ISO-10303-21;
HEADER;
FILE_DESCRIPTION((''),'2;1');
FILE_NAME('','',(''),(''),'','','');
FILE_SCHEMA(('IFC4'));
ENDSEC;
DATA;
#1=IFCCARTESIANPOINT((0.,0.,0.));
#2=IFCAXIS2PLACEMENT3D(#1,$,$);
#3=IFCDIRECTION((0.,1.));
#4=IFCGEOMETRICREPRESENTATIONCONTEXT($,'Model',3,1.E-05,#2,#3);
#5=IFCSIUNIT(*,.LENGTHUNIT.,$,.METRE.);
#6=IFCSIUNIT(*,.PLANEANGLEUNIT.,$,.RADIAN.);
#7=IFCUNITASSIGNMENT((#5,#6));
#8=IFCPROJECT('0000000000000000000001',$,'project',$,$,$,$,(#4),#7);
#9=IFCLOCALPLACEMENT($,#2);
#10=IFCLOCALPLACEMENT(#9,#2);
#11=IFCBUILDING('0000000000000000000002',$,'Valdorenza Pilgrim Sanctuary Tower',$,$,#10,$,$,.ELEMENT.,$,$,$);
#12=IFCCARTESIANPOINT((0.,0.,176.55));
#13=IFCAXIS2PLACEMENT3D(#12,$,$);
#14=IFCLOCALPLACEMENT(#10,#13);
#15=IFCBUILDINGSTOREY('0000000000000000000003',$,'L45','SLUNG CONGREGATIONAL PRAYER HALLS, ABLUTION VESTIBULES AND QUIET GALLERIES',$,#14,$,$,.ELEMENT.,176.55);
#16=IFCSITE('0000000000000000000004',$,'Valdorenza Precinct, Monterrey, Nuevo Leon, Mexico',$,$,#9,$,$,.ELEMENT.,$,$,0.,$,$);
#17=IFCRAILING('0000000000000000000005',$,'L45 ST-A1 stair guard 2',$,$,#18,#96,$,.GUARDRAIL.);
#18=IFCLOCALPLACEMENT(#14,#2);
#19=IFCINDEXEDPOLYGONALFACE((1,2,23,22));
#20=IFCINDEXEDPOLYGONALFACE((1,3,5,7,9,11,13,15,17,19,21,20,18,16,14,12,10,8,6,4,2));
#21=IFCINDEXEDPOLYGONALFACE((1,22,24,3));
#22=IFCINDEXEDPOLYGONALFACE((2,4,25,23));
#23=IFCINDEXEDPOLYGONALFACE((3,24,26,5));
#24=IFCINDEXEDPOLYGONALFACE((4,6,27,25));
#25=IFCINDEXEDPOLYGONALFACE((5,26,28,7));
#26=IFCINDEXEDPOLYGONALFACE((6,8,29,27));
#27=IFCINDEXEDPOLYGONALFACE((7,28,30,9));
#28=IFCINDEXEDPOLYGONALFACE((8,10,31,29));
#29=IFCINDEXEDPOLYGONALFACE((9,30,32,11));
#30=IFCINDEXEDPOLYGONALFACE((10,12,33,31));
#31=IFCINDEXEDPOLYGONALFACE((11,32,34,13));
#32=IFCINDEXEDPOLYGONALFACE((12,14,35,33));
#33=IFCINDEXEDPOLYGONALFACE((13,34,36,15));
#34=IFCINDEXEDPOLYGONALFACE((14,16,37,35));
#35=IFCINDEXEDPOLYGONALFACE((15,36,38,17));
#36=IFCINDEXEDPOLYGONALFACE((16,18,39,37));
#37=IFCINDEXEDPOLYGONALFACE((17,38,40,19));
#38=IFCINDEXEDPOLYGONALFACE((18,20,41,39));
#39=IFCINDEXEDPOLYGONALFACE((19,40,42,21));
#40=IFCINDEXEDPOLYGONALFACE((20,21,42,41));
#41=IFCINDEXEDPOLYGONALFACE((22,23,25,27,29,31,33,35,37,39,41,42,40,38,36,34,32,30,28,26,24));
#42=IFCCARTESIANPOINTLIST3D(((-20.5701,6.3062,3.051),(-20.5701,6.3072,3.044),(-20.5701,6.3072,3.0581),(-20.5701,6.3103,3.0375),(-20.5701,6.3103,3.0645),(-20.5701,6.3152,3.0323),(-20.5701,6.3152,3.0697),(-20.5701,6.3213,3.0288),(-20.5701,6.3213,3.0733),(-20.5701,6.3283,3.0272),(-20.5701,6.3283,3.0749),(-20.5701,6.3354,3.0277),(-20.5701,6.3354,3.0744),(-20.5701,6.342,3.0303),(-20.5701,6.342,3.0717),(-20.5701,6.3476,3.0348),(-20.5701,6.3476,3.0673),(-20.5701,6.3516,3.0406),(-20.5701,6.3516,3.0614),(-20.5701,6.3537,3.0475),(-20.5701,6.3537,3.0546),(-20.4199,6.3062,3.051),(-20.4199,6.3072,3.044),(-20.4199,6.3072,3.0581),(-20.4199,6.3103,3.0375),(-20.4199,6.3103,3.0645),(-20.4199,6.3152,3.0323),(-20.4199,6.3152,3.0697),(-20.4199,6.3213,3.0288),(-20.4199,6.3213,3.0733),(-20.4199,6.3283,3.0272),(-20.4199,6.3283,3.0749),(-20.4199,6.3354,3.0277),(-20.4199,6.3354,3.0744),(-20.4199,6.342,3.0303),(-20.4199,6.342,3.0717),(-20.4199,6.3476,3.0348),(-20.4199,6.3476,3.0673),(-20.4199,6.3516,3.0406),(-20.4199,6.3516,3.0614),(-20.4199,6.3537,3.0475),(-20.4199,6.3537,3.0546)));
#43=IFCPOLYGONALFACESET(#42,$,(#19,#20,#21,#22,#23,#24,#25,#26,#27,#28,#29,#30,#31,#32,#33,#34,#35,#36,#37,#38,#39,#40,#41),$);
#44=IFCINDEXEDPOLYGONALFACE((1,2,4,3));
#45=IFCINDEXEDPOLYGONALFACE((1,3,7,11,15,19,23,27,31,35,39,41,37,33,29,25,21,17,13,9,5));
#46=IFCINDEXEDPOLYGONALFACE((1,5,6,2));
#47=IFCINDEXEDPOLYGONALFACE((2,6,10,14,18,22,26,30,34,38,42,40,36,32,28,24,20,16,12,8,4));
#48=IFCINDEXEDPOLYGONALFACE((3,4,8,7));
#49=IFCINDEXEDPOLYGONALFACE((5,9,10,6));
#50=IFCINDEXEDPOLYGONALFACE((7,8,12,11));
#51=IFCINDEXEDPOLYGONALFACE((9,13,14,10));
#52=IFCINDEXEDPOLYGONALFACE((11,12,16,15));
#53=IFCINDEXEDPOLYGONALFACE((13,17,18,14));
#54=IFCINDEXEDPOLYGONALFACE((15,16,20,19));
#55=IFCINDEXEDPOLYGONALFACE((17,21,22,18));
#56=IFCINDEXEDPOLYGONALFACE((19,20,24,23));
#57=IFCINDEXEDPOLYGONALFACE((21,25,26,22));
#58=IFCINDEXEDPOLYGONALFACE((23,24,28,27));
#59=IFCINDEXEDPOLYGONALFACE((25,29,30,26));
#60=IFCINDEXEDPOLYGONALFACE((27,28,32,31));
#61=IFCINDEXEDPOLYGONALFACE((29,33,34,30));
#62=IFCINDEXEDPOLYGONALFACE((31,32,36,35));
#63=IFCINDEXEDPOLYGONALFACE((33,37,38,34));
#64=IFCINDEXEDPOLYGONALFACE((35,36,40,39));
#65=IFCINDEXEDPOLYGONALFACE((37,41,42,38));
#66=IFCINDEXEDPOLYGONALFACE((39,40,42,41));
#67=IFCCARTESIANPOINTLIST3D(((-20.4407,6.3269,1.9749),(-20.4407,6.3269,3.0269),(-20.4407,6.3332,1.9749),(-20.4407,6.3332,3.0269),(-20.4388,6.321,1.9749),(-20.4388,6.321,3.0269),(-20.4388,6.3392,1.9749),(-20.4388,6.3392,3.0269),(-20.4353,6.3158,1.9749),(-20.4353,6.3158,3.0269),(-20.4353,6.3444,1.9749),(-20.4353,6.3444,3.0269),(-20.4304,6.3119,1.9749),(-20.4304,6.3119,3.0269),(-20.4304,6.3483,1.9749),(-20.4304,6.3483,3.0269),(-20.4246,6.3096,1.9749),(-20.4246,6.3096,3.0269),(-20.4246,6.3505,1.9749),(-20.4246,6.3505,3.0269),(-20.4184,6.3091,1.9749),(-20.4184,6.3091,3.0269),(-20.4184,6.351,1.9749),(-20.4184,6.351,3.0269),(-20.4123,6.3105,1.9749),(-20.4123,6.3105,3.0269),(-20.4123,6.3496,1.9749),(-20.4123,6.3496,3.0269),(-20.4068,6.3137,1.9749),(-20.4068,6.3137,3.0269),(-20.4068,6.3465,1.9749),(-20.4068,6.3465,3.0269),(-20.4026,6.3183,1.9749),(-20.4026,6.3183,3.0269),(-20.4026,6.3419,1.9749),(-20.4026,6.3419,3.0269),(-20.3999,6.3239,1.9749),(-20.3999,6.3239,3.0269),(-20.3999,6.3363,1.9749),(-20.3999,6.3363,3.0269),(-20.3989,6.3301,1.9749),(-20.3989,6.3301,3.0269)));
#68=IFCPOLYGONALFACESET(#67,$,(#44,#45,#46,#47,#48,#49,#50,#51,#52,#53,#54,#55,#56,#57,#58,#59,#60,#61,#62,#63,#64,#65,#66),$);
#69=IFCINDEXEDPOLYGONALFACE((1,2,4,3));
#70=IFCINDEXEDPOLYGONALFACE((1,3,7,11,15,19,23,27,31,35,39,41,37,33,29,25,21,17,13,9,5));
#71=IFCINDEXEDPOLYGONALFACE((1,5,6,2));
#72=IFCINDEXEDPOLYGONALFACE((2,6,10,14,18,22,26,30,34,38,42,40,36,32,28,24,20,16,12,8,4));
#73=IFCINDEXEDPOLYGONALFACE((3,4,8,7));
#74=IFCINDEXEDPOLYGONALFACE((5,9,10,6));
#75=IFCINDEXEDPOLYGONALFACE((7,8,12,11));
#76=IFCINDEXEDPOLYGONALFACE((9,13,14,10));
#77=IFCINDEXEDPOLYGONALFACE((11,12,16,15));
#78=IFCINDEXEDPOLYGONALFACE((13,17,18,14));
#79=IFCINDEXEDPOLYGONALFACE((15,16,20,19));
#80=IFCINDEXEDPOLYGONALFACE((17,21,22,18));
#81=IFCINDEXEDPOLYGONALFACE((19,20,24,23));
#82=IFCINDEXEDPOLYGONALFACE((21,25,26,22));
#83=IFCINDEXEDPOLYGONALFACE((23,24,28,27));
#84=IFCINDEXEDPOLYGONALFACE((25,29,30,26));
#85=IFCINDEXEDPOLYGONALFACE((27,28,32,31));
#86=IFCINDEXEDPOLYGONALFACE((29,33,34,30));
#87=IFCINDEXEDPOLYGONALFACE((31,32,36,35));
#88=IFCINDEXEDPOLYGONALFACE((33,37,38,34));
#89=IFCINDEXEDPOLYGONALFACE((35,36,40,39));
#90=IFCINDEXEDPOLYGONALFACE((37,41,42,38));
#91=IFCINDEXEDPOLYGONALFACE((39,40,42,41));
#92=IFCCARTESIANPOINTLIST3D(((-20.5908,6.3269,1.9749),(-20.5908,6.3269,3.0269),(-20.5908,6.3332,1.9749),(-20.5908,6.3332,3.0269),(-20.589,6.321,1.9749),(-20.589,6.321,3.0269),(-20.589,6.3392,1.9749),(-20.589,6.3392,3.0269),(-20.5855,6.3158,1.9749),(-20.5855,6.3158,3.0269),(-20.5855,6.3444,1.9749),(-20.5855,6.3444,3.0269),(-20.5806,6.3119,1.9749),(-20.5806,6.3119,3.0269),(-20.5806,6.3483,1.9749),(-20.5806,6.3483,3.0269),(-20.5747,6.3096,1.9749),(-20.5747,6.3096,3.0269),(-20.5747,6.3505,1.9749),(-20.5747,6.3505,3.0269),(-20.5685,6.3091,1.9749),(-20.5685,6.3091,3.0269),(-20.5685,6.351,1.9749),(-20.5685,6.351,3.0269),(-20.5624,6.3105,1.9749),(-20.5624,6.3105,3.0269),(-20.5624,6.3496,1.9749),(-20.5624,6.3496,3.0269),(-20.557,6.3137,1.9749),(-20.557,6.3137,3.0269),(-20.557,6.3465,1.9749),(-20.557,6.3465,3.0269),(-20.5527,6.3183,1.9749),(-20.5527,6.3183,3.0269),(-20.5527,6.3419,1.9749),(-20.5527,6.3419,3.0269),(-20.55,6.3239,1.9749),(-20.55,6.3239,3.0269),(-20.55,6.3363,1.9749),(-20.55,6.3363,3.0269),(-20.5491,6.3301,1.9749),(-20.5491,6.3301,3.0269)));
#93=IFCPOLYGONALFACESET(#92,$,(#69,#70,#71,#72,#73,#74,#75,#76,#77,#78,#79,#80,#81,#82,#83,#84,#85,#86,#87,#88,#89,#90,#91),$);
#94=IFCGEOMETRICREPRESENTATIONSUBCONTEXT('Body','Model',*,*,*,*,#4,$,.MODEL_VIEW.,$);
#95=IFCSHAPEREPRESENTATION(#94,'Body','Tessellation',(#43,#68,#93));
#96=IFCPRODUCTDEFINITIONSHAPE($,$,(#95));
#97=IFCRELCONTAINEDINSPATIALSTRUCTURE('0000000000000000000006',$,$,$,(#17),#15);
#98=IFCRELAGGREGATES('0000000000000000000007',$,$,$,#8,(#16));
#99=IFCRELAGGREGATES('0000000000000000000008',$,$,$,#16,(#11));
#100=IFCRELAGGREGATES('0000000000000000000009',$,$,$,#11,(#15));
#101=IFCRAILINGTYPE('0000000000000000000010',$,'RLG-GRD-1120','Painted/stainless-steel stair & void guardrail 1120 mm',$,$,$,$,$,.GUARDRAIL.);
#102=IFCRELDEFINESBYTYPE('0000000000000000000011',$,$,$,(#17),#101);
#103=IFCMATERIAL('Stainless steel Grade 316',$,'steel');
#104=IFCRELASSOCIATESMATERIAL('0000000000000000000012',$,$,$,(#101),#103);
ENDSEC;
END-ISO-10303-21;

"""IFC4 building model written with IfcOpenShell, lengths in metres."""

from ifc_helpers import new_model, si_unit, direction, frame, origin, origin_2d, place, context, subcontext, project, spatial, circle, extrude, material, type_object, element, save


model = new_model("IFC4")

# Units and contexts
model_context = context("Model", 3, precision=1e-05, world=origin(), true_north=direction((0.0, 1.0)))
body_context = subcontext(model_context, "Body", "Model", "MODEL_VIEW")
ifc_project = project(units=[si_unit("LENGTHUNIT", "METRE"), si_unit("PLANEANGLEUNIT", "RADIAN")], contexts=[model_context])

# Site, building, storey
site_placement = place(None, origin())
site = spatial("IfcSite", under=ifc_project, at=site_placement, Name="Valdorenza Precinct, Monterrey, Nuevo Leon, Mexico", CompositionType="ELEMENT", RefElevation=0.0)
building_placement = place(site_placement, origin())
building = spatial("IfcBuilding", under=site, at=building_placement, Name="Valdorenza Pilgrim Sanctuary Tower", CompositionType="ELEMENT")
storey_placement = place(building_placement, frame((0.0, 0.0, 176.55)))
storey = spatial("IfcBuildingStorey", under=building, at=storey_placement, Name="L45", Description="SLUNG CONGREGATIONAL PRAYER HALLS, ABLUTION VESTIBULES AND QUIET GALLERIES", CompositionType="ELEMENT", Elevation=176.55)

# Railing
ifc_material_1 = material(Name="Stainless steel Grade 316", Category="steel")
railing_type_1 = type_object("IfcRailingType", Name="RLG-GRD-1120", Description="Painted/stainless-steel stair & void guardrail 1120 mm", PredefinedType="GUARDRAIL", material=ifc_material_1)
railing_1_placement = place(storey_placement, frame((-20.4199, 6.3301, 1.9749)))
element("IfcRailing", 1, at=railing_1_placement, inside=storey, type_object=railing_type_1, Name="L45 ST-A1 stair guard 2", PredefinedType="GUARDRAIL", context=body_context, shape_type="SweptSolid", body=[
    extrude(circle(Radius=0.0239, at=origin_2d()), frame((0.0, 0.0, 1.0762), z_axis=(-1.0, 0.0, 0.0), x_axis=(0.0, -1.0, 0.0)), (0.0, 0.0, 1.0), 0.1501),
    extrude(circle(Radius=0.021, at=origin_2d()), origin(), (0.0, 0.0, 1.0), 1.052),
    extrude(circle(Radius=0.021, at=origin_2d()), frame((-0.1501, 0.0, 0.0)), (0.0, 0.0, 1.0), 1.052),
])

save(model, "model.ifc")
